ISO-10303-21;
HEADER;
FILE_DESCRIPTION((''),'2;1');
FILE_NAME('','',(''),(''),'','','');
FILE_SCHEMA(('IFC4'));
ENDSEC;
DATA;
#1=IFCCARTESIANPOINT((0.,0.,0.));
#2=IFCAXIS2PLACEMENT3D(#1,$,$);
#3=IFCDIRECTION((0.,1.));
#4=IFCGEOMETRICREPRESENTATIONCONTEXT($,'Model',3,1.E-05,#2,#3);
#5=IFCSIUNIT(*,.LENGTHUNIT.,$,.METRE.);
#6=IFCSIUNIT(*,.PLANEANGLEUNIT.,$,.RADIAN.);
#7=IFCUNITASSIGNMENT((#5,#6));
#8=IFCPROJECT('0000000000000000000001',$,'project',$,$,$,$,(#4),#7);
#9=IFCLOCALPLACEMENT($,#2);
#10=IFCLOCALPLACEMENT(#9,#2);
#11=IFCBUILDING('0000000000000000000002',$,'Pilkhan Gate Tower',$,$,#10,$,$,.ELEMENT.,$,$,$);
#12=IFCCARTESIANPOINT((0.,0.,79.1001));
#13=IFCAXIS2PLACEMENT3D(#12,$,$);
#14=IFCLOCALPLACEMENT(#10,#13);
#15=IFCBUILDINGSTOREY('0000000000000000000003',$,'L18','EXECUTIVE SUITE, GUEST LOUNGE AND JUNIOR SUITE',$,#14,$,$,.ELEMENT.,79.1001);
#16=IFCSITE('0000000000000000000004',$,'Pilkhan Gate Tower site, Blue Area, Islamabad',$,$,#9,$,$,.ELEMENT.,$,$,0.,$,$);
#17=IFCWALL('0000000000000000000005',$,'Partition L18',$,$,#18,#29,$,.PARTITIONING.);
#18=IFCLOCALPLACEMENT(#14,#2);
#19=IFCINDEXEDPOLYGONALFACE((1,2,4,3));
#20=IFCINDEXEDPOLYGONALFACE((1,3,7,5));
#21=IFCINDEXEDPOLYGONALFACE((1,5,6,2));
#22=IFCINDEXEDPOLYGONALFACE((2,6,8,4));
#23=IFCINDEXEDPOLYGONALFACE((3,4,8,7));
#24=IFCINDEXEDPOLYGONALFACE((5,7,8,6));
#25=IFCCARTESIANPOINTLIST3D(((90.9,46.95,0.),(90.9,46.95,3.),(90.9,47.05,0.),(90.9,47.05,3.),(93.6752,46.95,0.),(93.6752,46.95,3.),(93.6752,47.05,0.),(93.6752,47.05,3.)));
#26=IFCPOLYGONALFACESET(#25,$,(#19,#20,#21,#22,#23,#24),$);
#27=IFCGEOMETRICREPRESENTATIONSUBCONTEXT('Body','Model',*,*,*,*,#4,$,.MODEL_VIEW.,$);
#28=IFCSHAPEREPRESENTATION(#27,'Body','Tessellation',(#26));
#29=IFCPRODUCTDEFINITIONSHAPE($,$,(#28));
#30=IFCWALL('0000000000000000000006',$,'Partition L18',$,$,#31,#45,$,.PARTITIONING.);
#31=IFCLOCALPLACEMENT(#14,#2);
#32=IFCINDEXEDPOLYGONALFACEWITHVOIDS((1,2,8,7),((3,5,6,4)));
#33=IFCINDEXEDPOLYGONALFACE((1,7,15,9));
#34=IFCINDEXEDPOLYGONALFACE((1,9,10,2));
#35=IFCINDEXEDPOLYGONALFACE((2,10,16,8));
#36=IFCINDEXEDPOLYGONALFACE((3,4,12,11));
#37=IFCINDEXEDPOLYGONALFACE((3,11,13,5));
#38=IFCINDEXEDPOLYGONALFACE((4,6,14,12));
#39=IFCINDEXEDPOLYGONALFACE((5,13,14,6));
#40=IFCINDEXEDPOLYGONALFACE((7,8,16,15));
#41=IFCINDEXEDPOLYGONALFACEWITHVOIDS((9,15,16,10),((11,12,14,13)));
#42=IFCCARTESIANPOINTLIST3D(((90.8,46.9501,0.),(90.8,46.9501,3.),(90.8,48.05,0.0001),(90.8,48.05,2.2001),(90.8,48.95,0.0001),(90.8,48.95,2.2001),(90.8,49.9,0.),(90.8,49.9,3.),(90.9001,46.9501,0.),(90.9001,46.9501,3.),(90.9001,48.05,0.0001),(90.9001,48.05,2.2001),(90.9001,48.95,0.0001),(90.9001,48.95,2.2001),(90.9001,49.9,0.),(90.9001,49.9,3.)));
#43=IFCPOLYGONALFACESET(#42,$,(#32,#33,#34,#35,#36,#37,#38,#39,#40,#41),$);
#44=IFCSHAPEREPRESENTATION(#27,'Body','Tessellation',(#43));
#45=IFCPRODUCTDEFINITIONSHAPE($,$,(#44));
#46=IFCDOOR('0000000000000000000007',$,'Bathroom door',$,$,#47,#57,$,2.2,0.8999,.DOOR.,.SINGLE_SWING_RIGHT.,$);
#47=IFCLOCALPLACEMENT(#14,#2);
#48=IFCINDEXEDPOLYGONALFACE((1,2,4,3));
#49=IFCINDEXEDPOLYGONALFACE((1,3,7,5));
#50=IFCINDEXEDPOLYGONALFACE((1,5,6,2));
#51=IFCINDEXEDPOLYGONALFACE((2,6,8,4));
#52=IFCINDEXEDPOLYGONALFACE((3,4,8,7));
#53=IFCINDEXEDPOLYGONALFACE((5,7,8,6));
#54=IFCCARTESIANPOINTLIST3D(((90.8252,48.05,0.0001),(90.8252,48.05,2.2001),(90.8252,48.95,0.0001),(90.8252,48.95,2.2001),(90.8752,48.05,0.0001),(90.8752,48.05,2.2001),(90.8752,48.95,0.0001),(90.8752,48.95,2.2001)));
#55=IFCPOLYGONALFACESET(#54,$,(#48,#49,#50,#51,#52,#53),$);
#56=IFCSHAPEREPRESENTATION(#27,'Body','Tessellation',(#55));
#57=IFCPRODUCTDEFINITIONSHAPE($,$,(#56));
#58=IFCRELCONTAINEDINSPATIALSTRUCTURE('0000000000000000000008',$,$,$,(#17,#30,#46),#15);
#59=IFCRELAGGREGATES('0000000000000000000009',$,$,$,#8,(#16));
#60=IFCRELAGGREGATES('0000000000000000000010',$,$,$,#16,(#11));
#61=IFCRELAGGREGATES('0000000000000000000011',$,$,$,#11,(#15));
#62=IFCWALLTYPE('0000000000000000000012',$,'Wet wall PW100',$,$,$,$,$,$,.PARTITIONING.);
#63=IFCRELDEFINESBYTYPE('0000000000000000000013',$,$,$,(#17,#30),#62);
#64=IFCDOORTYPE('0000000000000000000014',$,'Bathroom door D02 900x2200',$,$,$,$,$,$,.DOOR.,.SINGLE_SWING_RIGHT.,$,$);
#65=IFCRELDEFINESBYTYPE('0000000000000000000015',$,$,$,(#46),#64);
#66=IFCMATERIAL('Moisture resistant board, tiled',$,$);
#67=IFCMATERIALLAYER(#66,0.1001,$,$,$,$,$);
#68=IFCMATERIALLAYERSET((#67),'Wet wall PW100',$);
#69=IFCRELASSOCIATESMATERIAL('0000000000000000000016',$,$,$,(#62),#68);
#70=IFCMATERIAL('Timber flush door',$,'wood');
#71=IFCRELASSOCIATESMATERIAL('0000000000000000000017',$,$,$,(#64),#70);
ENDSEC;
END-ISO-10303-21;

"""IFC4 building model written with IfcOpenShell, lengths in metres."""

from ifc_helpers import new_model, si_unit, direction, frame, frame_2d, origin, place, context, subcontext, project, spatial, rectangle, extrude, material, layer, layer_set, type_object, element, fill, save


model = new_model("IFC4")

# Units and contexts
model_context = context("Model", 3, precision=1e-05, world=origin(), true_north=direction((0.0, 1.0)))
body_context = subcontext(model_context, "Body", "Model", "MODEL_VIEW")
ifc_project = project(units=[si_unit("LENGTHUNIT", "METRE"), si_unit("PLANEANGLEUNIT", "RADIAN")], contexts=[model_context])

# Site, building, storey
site_placement = place(None, origin())
site = spatial("IfcSite", under=ifc_project, at=site_placement, Name="Pilkhan Gate Tower site, Blue Area, Islamabad", CompositionType="ELEMENT", RefElevation=0.0)
building_placement = place(site_placement, origin())
building = spatial("IfcBuilding", under=site, at=building_placement, Name="Pilkhan Gate Tower", CompositionType="ELEMENT")
storey_placement = place(building_placement, frame((0.0, 0.0, 79.1001)))
storey = spatial("IfcBuildingStorey", under=building, at=storey_placement, Name="L18", Description="EXECUTIVE SUITE, GUEST LOUNGE AND JUNIOR SUITE", CompositionType="ELEMENT", Elevation=79.1001)

# Wall
ifc_material_1 = material(Name="Moisture resistant board, tiled")
ifc_layer_1 = layer(ifc_material_1, 0.1001)
ifc_layer_set_1 = layer_set([ifc_layer_1], Name="Wet wall PW100")
wall_type_1 = type_object("IfcWallType", Name="Wet wall PW100", PredefinedType="PARTITIONING", material=ifc_layer_set_1)
wall_1_placement = place(storey_placement, frame((90.8999, 47.0, 0.0), z_axis=(0.0, 0.0, 1.0), x_axis=(1.0, 0.0, 0.0)))
element("IfcWall", 1, at=wall_1_placement, inside=storey, type_object=wall_type_1, Name="Partition L18", PredefinedType="PARTITIONING", context=body_context, shape_type="SweptSolid", body=[
    extrude(rectangle(XDim=2.7751, YDim=0.1001, at=frame_2d((1.3877, 0.0))), origin(), (0.0, 0.0, 1.0), 3.0),
])

# Wall, opening, door
wall_2_placement = place(storey_placement, frame((90.8501, 46.95, 0.0), z_axis=(0.0, 0.0, 1.0), x_axis=(0.0, 1.0, 0.0)))
wall_2 = element("IfcWall", 2, at=wall_2_placement, inside=storey, type_object=wall_type_1, Name="Partition L18", PredefinedType="PARTITIONING", context=body_context, shape_type="SweptSolid", body=[
    extrude(rectangle(XDim=2.95, YDim=0.1001, at=frame_2d((1.4751, 0.0))), origin(), (0.0, 0.0, 1.0), 3.0),
])
opening_placement = place(wall_2_placement, frame((1.1001, 0.0, 0.0)))
opening = element("IfcOpeningElement", 3, at=opening_placement, cuts=wall_2, PredefinedType="OPENING", context=body_context, shape_type="SweptSolid", body=[
    extrude(rectangle(XDim=0.8999, YDim=2.2, at=frame_2d((0.45, 1.1001))), frame((0.0, 0.0601, 0.0), z_axis=(0.0, -1.0, 0.0), x_axis=(1.0, 0.0, 0.0)), (0.0, 0.0, 1.0), 0.1201),
])
ifc_material_2 = material(Name="Timber flush door", Category="wood")
door_type = type_object("IfcDoorType", Name="Bathroom door D02 900x2200", OperationType="SINGLE_SWING_RIGHT", PredefinedType="DOOR", material=ifc_material_2)
door_placement = place(opening_placement, origin())
door = element("IfcDoor", 4, at=door_placement, inside=storey, type_object=door_type, Name="Bathroom door", OperationType="SINGLE_SWING_RIGHT", OverallHeight=2.2, OverallWidth=0.8999, PredefinedType="DOOR", context=body_context, shape_type="SweptSolid", body=[
    extrude(rectangle(XDim=0.8999, YDim=2.2, at=frame_2d((0.45, 1.1001))), frame((0.0, 0.0249, 0.0), z_axis=(0.0, -1.0, 0.0), x_axis=(1.0, 0.0, 0.0)), (0.0, 0.0, 1.0), 0.05),
])
fill(opening, door)

save(model, "model.ifc")
